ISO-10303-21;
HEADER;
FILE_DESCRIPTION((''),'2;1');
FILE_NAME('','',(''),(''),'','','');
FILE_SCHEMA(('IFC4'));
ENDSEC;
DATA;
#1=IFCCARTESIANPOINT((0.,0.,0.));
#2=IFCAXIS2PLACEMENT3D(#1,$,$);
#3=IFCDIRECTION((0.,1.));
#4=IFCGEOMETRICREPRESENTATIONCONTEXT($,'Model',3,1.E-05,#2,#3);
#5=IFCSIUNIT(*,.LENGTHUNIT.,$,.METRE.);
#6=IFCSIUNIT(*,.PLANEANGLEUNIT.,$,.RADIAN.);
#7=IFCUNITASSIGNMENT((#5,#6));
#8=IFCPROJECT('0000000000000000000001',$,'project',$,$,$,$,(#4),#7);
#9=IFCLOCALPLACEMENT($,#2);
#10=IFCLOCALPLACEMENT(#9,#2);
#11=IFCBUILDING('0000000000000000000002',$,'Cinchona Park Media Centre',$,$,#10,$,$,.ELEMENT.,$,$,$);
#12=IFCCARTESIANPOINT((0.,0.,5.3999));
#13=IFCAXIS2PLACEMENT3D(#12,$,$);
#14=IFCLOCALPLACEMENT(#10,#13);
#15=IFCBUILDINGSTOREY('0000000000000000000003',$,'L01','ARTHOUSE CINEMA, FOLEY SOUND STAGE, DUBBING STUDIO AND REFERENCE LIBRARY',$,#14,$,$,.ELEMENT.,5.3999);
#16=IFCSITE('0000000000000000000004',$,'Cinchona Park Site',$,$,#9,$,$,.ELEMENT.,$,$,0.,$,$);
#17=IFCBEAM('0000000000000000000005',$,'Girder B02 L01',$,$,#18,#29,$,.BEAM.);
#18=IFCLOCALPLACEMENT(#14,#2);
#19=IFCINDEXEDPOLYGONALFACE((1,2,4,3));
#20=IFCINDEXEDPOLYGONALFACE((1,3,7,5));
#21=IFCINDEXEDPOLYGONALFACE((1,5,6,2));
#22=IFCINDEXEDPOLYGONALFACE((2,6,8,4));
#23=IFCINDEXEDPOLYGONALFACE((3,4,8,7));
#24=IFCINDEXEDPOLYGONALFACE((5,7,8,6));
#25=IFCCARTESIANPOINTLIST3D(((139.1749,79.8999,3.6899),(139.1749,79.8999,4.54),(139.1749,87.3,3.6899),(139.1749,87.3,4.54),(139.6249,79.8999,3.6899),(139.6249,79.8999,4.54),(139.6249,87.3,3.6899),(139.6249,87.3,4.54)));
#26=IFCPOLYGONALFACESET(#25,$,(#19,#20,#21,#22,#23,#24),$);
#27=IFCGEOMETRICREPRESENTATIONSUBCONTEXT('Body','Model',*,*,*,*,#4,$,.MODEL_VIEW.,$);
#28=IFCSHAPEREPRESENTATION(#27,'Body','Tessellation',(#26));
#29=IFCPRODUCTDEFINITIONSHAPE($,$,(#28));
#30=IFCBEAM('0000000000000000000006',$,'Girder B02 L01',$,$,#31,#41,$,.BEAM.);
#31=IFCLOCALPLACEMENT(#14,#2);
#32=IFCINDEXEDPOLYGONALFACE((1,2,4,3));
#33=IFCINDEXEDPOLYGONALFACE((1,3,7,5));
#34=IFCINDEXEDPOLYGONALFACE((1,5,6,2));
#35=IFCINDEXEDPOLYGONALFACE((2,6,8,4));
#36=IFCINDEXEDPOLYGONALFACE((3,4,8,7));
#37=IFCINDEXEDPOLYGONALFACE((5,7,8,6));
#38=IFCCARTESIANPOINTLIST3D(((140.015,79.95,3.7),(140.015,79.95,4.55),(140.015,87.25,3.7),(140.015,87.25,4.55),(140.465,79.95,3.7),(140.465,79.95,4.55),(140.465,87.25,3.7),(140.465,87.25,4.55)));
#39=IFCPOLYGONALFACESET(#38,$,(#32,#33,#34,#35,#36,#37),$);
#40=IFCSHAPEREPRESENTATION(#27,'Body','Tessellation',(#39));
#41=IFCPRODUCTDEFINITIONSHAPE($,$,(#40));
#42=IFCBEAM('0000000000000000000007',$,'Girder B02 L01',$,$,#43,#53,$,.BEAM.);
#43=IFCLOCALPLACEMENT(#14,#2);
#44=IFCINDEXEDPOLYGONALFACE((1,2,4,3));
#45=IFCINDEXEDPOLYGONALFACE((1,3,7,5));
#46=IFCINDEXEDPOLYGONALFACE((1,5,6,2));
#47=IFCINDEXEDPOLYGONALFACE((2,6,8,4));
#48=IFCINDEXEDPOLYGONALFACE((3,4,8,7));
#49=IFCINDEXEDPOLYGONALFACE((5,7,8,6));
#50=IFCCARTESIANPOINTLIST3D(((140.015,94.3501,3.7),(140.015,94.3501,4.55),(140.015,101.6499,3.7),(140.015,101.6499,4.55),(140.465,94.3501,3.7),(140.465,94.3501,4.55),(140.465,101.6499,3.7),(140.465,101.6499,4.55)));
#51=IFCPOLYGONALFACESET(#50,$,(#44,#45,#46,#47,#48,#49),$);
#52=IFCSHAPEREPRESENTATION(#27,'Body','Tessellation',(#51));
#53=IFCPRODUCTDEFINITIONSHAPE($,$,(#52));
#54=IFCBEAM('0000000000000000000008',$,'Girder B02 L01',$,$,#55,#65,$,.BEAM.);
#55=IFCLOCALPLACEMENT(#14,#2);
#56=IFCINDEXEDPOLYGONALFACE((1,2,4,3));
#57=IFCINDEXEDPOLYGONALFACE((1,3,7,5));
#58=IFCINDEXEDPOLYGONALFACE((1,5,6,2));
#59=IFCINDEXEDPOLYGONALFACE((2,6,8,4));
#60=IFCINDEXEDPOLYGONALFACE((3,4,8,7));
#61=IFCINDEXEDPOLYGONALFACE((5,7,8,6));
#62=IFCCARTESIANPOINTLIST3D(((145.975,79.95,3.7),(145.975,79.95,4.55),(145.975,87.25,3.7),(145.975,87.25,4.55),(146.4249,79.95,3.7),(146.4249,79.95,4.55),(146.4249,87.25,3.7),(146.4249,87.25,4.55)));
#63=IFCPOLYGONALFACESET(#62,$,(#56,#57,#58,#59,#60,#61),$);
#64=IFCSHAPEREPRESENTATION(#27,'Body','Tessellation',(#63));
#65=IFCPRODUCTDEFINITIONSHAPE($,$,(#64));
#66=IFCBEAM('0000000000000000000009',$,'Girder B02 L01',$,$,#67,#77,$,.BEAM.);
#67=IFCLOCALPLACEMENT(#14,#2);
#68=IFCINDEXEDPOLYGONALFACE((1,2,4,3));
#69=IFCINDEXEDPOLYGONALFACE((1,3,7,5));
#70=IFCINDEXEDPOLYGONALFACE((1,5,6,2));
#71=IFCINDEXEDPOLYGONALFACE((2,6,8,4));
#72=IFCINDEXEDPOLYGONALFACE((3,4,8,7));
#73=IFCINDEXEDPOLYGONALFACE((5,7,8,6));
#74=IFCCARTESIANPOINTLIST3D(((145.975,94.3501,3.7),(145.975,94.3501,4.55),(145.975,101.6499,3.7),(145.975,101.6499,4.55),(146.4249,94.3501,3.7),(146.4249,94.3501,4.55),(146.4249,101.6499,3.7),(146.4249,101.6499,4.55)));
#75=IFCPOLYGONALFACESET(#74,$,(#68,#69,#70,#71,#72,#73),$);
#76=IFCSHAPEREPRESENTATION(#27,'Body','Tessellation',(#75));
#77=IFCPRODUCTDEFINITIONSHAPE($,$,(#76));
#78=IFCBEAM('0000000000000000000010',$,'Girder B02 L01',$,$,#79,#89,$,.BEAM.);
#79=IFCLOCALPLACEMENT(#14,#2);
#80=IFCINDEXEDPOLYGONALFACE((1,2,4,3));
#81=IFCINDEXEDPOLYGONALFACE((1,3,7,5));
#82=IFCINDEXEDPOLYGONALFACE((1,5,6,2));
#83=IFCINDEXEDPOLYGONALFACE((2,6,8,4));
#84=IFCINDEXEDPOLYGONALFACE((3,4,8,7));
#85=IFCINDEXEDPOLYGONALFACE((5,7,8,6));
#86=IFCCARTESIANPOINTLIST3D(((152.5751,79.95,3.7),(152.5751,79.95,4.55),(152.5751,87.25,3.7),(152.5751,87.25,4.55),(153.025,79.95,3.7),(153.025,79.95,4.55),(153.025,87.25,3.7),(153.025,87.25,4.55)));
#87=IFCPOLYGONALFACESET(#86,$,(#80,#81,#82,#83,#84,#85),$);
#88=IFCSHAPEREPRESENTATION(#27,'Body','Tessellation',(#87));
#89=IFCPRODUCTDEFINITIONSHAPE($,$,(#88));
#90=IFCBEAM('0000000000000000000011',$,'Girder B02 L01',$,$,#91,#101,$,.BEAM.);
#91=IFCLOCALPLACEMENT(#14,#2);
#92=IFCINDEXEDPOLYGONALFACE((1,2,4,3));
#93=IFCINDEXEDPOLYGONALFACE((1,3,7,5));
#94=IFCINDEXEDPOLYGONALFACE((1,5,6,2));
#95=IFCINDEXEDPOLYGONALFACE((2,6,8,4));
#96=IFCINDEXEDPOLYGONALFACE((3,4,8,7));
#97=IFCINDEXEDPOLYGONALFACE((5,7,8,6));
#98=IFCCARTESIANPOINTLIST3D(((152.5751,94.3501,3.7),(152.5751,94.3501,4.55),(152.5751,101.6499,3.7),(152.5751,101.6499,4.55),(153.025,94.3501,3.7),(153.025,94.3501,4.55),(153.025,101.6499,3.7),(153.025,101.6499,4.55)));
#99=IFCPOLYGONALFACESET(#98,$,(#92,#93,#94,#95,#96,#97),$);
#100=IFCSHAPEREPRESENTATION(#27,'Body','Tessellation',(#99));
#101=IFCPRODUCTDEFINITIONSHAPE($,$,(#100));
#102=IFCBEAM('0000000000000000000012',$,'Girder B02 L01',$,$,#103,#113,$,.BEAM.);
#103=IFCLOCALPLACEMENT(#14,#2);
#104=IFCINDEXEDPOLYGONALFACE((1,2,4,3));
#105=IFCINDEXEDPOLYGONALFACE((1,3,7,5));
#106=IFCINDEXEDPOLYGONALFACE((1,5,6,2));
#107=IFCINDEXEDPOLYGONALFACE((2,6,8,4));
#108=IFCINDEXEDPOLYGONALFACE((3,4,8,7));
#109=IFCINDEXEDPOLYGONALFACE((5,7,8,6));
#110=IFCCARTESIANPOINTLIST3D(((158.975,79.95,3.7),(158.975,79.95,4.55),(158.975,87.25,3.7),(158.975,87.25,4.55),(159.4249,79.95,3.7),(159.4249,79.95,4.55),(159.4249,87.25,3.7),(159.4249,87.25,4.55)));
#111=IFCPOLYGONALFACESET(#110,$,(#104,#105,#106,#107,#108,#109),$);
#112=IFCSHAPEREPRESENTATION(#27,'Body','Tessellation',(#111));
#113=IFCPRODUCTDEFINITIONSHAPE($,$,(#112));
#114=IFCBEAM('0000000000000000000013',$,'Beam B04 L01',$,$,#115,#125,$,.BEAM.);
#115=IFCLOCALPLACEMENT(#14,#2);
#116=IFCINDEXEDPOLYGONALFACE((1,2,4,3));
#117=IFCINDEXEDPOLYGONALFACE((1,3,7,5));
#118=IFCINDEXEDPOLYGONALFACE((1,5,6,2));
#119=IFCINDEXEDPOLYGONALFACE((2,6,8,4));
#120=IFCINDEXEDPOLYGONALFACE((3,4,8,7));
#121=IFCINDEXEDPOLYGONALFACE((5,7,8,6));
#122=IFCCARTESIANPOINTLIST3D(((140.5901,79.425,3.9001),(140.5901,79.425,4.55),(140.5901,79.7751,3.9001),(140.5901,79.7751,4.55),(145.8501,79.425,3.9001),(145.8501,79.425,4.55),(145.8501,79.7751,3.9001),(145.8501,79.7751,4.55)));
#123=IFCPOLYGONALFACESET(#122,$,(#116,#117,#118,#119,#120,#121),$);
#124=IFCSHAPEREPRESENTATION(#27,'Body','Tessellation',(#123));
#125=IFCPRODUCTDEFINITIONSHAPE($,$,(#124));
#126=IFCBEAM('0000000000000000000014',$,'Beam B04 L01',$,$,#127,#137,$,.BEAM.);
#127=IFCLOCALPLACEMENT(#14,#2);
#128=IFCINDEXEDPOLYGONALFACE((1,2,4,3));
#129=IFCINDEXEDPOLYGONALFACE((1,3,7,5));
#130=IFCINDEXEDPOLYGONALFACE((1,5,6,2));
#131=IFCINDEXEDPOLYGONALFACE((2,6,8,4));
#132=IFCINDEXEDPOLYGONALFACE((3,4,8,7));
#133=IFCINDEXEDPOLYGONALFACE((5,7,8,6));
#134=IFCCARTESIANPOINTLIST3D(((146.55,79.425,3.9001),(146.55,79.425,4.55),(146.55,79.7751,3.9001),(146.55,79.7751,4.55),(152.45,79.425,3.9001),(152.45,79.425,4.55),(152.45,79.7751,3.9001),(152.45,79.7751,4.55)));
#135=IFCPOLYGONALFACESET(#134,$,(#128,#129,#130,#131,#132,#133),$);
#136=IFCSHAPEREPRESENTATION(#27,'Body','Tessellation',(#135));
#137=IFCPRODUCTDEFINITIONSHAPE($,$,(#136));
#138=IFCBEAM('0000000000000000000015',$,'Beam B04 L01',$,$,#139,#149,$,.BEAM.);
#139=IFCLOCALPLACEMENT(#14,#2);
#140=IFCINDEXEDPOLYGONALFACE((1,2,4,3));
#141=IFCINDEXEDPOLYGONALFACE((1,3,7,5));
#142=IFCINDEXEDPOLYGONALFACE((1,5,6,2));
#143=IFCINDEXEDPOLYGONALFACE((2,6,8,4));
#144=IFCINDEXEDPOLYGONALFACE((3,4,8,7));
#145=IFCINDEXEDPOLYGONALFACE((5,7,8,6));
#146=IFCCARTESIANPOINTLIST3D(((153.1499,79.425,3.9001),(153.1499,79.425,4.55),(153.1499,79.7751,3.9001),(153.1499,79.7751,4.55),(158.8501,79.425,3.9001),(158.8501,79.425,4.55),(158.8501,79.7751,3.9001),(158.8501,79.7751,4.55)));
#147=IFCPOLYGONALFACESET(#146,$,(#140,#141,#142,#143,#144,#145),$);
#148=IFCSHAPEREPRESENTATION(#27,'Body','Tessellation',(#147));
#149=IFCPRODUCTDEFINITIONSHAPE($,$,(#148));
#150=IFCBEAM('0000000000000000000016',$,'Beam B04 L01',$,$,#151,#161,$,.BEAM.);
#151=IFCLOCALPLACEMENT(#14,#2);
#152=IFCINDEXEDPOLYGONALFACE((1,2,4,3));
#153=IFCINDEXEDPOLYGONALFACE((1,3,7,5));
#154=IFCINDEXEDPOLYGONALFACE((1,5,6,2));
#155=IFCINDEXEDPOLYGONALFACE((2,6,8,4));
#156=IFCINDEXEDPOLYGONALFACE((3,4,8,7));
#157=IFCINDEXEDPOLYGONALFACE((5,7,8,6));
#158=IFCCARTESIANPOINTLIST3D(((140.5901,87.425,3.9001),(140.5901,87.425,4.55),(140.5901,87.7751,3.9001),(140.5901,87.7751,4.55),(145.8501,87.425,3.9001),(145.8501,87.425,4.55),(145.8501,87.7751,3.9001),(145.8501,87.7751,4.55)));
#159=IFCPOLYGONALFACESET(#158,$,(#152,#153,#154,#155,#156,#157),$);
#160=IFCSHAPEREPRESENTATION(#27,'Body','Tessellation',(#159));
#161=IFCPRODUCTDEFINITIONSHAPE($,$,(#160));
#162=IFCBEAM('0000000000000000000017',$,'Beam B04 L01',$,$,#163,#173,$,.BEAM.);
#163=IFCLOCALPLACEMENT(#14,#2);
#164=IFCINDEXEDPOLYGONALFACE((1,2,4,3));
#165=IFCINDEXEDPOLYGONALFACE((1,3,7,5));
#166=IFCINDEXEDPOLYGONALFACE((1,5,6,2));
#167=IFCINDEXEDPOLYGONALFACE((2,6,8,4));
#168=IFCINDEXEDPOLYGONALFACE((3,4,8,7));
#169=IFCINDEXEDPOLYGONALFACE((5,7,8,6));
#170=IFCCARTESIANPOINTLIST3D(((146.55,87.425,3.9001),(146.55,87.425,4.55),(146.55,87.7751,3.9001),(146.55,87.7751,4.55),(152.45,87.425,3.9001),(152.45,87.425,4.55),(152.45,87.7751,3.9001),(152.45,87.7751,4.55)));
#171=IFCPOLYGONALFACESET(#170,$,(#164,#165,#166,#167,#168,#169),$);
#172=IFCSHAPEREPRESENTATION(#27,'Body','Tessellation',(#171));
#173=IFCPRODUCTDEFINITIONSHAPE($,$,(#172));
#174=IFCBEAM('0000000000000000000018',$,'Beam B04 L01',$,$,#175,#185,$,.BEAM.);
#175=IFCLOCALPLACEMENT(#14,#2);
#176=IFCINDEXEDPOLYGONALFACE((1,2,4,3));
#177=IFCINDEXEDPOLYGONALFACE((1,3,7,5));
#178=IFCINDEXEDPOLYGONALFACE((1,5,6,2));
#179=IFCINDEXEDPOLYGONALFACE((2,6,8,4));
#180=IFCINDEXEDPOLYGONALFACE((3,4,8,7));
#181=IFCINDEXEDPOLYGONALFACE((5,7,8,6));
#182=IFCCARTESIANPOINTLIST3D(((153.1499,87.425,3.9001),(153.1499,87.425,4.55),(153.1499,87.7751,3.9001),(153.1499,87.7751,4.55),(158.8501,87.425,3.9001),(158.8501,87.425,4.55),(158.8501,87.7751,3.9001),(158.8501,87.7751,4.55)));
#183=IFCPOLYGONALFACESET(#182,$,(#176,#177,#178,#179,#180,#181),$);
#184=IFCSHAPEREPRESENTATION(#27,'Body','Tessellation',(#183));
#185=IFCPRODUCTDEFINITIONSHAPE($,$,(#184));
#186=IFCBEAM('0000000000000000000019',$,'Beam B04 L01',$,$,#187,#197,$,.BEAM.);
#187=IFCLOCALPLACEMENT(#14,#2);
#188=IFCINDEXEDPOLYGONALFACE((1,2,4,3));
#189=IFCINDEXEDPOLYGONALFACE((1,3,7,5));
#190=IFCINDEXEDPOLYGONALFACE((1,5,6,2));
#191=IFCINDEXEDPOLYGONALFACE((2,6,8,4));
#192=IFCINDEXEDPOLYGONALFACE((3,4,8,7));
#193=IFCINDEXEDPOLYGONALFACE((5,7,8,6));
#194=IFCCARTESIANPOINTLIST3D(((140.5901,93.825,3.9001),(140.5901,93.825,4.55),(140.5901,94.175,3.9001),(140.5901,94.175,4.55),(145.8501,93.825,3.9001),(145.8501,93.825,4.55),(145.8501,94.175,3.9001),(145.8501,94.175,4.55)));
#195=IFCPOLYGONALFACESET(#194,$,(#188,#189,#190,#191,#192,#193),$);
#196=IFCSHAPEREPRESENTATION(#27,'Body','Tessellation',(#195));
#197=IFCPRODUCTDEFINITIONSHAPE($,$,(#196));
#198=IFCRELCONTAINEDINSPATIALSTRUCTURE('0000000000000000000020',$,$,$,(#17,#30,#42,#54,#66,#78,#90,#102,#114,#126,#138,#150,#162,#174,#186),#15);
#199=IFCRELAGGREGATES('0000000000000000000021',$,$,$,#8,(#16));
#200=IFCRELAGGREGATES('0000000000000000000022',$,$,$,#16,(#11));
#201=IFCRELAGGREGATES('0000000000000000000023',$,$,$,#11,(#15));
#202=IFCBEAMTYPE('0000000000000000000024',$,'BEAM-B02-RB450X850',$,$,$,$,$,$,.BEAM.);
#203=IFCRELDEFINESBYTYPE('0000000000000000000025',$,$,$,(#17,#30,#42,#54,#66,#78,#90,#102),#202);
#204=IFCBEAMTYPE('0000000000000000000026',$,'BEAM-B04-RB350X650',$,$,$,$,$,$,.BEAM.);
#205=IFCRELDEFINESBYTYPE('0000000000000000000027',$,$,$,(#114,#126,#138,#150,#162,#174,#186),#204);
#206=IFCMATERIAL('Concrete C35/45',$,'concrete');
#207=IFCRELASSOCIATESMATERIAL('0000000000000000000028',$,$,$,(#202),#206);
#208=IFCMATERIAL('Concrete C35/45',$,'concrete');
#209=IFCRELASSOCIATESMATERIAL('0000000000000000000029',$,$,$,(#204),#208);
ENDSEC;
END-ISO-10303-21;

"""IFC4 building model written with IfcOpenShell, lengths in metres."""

from ifc_helpers import new_model, si_unit, direction, frame, origin, origin_2d, place, context, subcontext, project, spatial, rectangle, extrude, material, material_profile, profile_set, type_object, element, save


model = new_model("IFC4")

# Units and contexts
model_context = context("Model", 3, precision=1e-05, world=origin(), true_north=direction((0.0, 1.0)))
body_context = subcontext(model_context, "Body", "Model", "MODEL_VIEW")
ifc_project = project(units=[si_unit("LENGTHUNIT", "METRE"), si_unit("PLANEANGLEUNIT", "RADIAN")], contexts=[model_context])

# Site, building, storey
site_placement = place(None, origin())
site = spatial("IfcSite", under=ifc_project, at=site_placement, Name="Cinchona Park Site", CompositionType="ELEMENT", RefElevation=0.0)
building_placement = place(site_placement, origin())
building = spatial("IfcBuilding", under=site, at=building_placement, Name="Cinchona Park Media Centre", CompositionType="ELEMENT")
storey_placement = place(building_placement, frame((0.0, 0.0, 5.3999)))
storey = spatial("IfcBuildingStorey", under=building, at=storey_placement, Name="L01", Description="ARTHOUSE CINEMA, FOLEY SOUND STAGE, DUBBING STUDIO AND REFERENCE LIBRARY", CompositionType="ELEMENT", Elevation=5.3999)

# Beams
ifc_material_1 = material(Name="Concrete C35/45", Category="concrete")
ifc_material_profile_1 = material_profile(ifc_material_1, rectangle(XDim=0.45, YDim=0.8501, at=origin_2d()), Name="RB 450X850")
ifc_profile_set_1 = profile_set([ifc_material_profile_1], Name="Concrete C35/45")
beam_type_1 = type_object("IfcBeamType", Name="BEAM-B02-RB450X850", PredefinedType="BEAM", material=ifc_profile_set_1)
beam_1_placement = place(storey_placement, frame((139.3999, 79.8999, 4.115), z_axis=(0.0, 1.0, 0.0), x_axis=(-1.0, 0.0, 0.0)))
element("IfcBeam", 1, at=beam_1_placement, inside=storey, type_object=beam_type_1, Name="Girder B02 L01", PredefinedType="BEAM", context=body_context, shape_type="SweptSolid", body=[
    extrude(rectangle(XDim=0.45, YDim=0.8501, at=origin_2d()), origin(), (0.0, 0.0, 1.0), 7.4001),
])
beam_2_placement = place(storey_placement, frame((140.24, 79.95, 4.125), z_axis=(0.0, 1.0, 0.0), x_axis=(-1.0, 0.0, 0.0)))
element("IfcBeam", 2, at=beam_2_placement, inside=storey, type_object=beam_type_1, Name="Girder B02 L01", PredefinedType="BEAM", context=body_context, shape_type="SweptSolid", body=[
    extrude(rectangle(XDim=0.45, YDim=0.8501, at=origin_2d()), origin(), (0.0, 0.0, 1.0), 7.3),
])
beam_3_placement = place(storey_placement, frame((140.24, 94.3501, 4.125), z_axis=(0.0, 1.0, 0.0), x_axis=(-1.0, 0.0, 0.0)))
element("IfcBeam", 3, at=beam_3_placement, inside=storey, type_object=beam_type_1, Name="Girder B02 L01", PredefinedType="BEAM", context=body_context, shape_type="SweptSolid", body=[
    extrude(rectangle(XDim=0.45, YDim=0.8501, at=origin_2d()), origin(), (0.0, 0.0, 1.0), 7.2998),
])
beam_4_placement = place(storey_placement, frame((146.2, 79.95, 4.125), z_axis=(0.0, 1.0, 0.0), x_axis=(-1.0, 0.0, 0.0)))
element("IfcBeam", 4, at=beam_4_placement, inside=storey, type_object=beam_type_1, Name="Girder B02 L01", PredefinedType="BEAM", context=body_context, shape_type="SweptSolid", body=[
    extrude(rectangle(XDim=0.45, YDim=0.8501, at=origin_2d()), origin(), (0.0, 0.0, 1.0), 7.3),
])
beam_5_placement = place(storey_placement, frame((146.2, 94.3501, 4.125), z_axis=(0.0, 1.0, 0.0), x_axis=(-1.0, 0.0, 0.0)))
element("IfcBeam", 5, at=beam_5_placement, inside=storey, type_object=beam_type_1, Name="Girder B02 L01", PredefinedType="BEAM", context=body_context, shape_type="SweptSolid", body=[
    extrude(rectangle(XDim=0.45, YDim=0.8501, at=origin_2d()), origin(), (0.0, 0.0, 1.0), 7.2998),
])
beam_6_placement = place(storey_placement, frame((152.8, 79.95, 4.125), z_axis=(0.0, 1.0, 0.0), x_axis=(-1.0, 0.0, 0.0)))
element("IfcBeam", 6, at=beam_6_placement, inside=storey, type_object=beam_type_1, Name="Girder B02 L01", PredefinedType="BEAM", context=body_context, shape_type="SweptSolid", body=[
    extrude(rectangle(XDim=0.45, YDim=0.8501, at=origin_2d()), origin(), (0.0, 0.0, 1.0), 7.3),
])
beam_7_placement = place(storey_placement, frame((152.8, 94.3501, 4.125), z_axis=(0.0, 1.0, 0.0), x_axis=(-1.0, 0.0, 0.0)))
element("IfcBeam", 7, at=beam_7_placement, inside=storey, type_object=beam_type_1, Name="Girder B02 L01", PredefinedType="BEAM", context=body_context, shape_type="SweptSolid", body=[
    extrude(rectangle(XDim=0.45, YDim=0.8501, at=origin_2d()), origin(), (0.0, 0.0, 1.0), 7.2998),
])
beam_8_placement = place(storey_placement, frame((159.2, 79.95, 4.125), z_axis=(0.0, 1.0, 0.0), x_axis=(-1.0, 0.0, 0.0)))
element("IfcBeam", 8, at=beam_8_placement, inside=storey, type_object=beam_type_1, Name="Girder B02 L01", PredefinedType="BEAM", context=body_context, shape_type="SweptSolid", body=[
    extrude(rectangle(XDim=0.45, YDim=0.8501, at=origin_2d()), origin(), (0.0, 0.0, 1.0), 7.3),
])
ifc_material_2 = material(Name="Concrete C35/45", Category="concrete")
ifc_material_profile_2 = material_profile(ifc_material_2, rectangle(XDim=0.3501, YDim=0.6499, at=origin_2d()), Name="RB 350X650")
ifc_profile_set_2 = profile_set([ifc_material_profile_2], Name="Concrete C35/45")
beam_type_2 = type_object("IfcBeamType", Name="BEAM-B04-RB350X650", PredefinedType="BEAM", material=ifc_profile_set_2)
beam_9_placement = place(storey_placement, frame((140.5901, 79.6001, 4.2251), z_axis=(1.0, 0.0, 0.0), x_axis=(0.0, 1.0, 0.0)))
element("IfcBeam", 9, at=beam_9_placement, inside=storey, type_object=beam_type_2, Name="Beam B04 L01", PredefinedType="BEAM", context=body_context, shape_type="SweptSolid", body=[
    extrude(rectangle(XDim=0.3501, YDim=0.6499, at=origin_2d()), origin(), (0.0, 0.0, 1.0), 5.26),
])
beam_10_placement = place(storey_placement, frame((146.55, 79.6001, 4.2251), z_axis=(1.0, 0.0, 0.0), x_axis=(0.0, 1.0, 0.0)))
element("IfcBeam", 10, at=beam_10_placement, inside=storey, type_object=beam_type_2, Name="Beam B04 L01", PredefinedType="BEAM", context=body_context, shape_type="SweptSolid", body=[
    extrude(rectangle(XDim=0.3501, YDim=0.6499, at=origin_2d()), origin(), (0.0, 0.0, 1.0), 5.8999),
])
beam_11_placement = place(storey_placement, frame((153.1499, 79.6001, 4.2251), z_axis=(1.0, 0.0, 0.0), x_axis=(0.0, 1.0, 0.0)))
element("IfcBeam", 11, at=beam_11_placement, inside=storey, type_object=beam_type_2, Name="Beam B04 L01", PredefinedType="BEAM", context=body_context, shape_type="SweptSolid", body=[
    extrude(rectangle(XDim=0.3501, YDim=0.6499, at=origin_2d()), origin(), (0.0, 0.0, 1.0), 5.7002),
])
beam_12_placement = place(storey_placement, frame((140.5901, 87.6001, 4.2251), z_axis=(1.0, 0.0, 0.0), x_axis=(0.0, 1.0, 0.0)))
element("IfcBeam", 12, at=beam_12_placement, inside=storey, type_object=beam_type_2, Name="Beam B04 L01", PredefinedType="BEAM", context=body_context, shape_type="SweptSolid", body=[
    extrude(rectangle(XDim=0.3501, YDim=0.6499, at=origin_2d()), origin(), (0.0, 0.0, 1.0), 5.26),
])
beam_13_placement = place(storey_placement, frame((146.55, 87.6001, 4.2251), z_axis=(1.0, 0.0, 0.0), x_axis=(0.0, 1.0, 0.0)))
element("IfcBeam", 13, at=beam_13_placement, inside=storey, type_object=beam_type_2, Name="Beam B04 L01", PredefinedType="BEAM", context=body_context, shape_type="SweptSolid", body=[
    extrude(rectangle(XDim=0.3501, YDim=0.6499, at=origin_2d()), origin(), (0.0, 0.0, 1.0), 5.8999),
])
beam_14_placement = place(storey_placement, frame((153.1499, 87.6001, 4.2251), z_axis=(1.0, 0.0, 0.0), x_axis=(0.0, 1.0, 0.0)))
element("IfcBeam", 14, at=beam_14_placement, inside=storey, type_object=beam_type_2, Name="Beam B04 L01", PredefinedType="BEAM", context=body_context, shape_type="SweptSolid", body=[
    extrude(rectangle(XDim=0.3501, YDim=0.6499, at=origin_2d()), origin(), (0.0, 0.0, 1.0), 5.7002),
])
beam_15_placement = place(storey_placement, frame((140.5901, 94.0, 4.2251), z_axis=(1.0, 0.0, 0.0), x_axis=(0.0, 1.0, 0.0)))
element("IfcBeam", 15, at=beam_15_placement, inside=storey, type_object=beam_type_2, Name="Beam B04 L01", PredefinedType="BEAM", context=body_context, shape_type="SweptSolid", body=[
    extrude(rectangle(XDim=0.3501, YDim=0.6499, at=origin_2d()), origin(), (0.0, 0.0, 1.0), 5.26),
])

save(model, "model.ifc")
